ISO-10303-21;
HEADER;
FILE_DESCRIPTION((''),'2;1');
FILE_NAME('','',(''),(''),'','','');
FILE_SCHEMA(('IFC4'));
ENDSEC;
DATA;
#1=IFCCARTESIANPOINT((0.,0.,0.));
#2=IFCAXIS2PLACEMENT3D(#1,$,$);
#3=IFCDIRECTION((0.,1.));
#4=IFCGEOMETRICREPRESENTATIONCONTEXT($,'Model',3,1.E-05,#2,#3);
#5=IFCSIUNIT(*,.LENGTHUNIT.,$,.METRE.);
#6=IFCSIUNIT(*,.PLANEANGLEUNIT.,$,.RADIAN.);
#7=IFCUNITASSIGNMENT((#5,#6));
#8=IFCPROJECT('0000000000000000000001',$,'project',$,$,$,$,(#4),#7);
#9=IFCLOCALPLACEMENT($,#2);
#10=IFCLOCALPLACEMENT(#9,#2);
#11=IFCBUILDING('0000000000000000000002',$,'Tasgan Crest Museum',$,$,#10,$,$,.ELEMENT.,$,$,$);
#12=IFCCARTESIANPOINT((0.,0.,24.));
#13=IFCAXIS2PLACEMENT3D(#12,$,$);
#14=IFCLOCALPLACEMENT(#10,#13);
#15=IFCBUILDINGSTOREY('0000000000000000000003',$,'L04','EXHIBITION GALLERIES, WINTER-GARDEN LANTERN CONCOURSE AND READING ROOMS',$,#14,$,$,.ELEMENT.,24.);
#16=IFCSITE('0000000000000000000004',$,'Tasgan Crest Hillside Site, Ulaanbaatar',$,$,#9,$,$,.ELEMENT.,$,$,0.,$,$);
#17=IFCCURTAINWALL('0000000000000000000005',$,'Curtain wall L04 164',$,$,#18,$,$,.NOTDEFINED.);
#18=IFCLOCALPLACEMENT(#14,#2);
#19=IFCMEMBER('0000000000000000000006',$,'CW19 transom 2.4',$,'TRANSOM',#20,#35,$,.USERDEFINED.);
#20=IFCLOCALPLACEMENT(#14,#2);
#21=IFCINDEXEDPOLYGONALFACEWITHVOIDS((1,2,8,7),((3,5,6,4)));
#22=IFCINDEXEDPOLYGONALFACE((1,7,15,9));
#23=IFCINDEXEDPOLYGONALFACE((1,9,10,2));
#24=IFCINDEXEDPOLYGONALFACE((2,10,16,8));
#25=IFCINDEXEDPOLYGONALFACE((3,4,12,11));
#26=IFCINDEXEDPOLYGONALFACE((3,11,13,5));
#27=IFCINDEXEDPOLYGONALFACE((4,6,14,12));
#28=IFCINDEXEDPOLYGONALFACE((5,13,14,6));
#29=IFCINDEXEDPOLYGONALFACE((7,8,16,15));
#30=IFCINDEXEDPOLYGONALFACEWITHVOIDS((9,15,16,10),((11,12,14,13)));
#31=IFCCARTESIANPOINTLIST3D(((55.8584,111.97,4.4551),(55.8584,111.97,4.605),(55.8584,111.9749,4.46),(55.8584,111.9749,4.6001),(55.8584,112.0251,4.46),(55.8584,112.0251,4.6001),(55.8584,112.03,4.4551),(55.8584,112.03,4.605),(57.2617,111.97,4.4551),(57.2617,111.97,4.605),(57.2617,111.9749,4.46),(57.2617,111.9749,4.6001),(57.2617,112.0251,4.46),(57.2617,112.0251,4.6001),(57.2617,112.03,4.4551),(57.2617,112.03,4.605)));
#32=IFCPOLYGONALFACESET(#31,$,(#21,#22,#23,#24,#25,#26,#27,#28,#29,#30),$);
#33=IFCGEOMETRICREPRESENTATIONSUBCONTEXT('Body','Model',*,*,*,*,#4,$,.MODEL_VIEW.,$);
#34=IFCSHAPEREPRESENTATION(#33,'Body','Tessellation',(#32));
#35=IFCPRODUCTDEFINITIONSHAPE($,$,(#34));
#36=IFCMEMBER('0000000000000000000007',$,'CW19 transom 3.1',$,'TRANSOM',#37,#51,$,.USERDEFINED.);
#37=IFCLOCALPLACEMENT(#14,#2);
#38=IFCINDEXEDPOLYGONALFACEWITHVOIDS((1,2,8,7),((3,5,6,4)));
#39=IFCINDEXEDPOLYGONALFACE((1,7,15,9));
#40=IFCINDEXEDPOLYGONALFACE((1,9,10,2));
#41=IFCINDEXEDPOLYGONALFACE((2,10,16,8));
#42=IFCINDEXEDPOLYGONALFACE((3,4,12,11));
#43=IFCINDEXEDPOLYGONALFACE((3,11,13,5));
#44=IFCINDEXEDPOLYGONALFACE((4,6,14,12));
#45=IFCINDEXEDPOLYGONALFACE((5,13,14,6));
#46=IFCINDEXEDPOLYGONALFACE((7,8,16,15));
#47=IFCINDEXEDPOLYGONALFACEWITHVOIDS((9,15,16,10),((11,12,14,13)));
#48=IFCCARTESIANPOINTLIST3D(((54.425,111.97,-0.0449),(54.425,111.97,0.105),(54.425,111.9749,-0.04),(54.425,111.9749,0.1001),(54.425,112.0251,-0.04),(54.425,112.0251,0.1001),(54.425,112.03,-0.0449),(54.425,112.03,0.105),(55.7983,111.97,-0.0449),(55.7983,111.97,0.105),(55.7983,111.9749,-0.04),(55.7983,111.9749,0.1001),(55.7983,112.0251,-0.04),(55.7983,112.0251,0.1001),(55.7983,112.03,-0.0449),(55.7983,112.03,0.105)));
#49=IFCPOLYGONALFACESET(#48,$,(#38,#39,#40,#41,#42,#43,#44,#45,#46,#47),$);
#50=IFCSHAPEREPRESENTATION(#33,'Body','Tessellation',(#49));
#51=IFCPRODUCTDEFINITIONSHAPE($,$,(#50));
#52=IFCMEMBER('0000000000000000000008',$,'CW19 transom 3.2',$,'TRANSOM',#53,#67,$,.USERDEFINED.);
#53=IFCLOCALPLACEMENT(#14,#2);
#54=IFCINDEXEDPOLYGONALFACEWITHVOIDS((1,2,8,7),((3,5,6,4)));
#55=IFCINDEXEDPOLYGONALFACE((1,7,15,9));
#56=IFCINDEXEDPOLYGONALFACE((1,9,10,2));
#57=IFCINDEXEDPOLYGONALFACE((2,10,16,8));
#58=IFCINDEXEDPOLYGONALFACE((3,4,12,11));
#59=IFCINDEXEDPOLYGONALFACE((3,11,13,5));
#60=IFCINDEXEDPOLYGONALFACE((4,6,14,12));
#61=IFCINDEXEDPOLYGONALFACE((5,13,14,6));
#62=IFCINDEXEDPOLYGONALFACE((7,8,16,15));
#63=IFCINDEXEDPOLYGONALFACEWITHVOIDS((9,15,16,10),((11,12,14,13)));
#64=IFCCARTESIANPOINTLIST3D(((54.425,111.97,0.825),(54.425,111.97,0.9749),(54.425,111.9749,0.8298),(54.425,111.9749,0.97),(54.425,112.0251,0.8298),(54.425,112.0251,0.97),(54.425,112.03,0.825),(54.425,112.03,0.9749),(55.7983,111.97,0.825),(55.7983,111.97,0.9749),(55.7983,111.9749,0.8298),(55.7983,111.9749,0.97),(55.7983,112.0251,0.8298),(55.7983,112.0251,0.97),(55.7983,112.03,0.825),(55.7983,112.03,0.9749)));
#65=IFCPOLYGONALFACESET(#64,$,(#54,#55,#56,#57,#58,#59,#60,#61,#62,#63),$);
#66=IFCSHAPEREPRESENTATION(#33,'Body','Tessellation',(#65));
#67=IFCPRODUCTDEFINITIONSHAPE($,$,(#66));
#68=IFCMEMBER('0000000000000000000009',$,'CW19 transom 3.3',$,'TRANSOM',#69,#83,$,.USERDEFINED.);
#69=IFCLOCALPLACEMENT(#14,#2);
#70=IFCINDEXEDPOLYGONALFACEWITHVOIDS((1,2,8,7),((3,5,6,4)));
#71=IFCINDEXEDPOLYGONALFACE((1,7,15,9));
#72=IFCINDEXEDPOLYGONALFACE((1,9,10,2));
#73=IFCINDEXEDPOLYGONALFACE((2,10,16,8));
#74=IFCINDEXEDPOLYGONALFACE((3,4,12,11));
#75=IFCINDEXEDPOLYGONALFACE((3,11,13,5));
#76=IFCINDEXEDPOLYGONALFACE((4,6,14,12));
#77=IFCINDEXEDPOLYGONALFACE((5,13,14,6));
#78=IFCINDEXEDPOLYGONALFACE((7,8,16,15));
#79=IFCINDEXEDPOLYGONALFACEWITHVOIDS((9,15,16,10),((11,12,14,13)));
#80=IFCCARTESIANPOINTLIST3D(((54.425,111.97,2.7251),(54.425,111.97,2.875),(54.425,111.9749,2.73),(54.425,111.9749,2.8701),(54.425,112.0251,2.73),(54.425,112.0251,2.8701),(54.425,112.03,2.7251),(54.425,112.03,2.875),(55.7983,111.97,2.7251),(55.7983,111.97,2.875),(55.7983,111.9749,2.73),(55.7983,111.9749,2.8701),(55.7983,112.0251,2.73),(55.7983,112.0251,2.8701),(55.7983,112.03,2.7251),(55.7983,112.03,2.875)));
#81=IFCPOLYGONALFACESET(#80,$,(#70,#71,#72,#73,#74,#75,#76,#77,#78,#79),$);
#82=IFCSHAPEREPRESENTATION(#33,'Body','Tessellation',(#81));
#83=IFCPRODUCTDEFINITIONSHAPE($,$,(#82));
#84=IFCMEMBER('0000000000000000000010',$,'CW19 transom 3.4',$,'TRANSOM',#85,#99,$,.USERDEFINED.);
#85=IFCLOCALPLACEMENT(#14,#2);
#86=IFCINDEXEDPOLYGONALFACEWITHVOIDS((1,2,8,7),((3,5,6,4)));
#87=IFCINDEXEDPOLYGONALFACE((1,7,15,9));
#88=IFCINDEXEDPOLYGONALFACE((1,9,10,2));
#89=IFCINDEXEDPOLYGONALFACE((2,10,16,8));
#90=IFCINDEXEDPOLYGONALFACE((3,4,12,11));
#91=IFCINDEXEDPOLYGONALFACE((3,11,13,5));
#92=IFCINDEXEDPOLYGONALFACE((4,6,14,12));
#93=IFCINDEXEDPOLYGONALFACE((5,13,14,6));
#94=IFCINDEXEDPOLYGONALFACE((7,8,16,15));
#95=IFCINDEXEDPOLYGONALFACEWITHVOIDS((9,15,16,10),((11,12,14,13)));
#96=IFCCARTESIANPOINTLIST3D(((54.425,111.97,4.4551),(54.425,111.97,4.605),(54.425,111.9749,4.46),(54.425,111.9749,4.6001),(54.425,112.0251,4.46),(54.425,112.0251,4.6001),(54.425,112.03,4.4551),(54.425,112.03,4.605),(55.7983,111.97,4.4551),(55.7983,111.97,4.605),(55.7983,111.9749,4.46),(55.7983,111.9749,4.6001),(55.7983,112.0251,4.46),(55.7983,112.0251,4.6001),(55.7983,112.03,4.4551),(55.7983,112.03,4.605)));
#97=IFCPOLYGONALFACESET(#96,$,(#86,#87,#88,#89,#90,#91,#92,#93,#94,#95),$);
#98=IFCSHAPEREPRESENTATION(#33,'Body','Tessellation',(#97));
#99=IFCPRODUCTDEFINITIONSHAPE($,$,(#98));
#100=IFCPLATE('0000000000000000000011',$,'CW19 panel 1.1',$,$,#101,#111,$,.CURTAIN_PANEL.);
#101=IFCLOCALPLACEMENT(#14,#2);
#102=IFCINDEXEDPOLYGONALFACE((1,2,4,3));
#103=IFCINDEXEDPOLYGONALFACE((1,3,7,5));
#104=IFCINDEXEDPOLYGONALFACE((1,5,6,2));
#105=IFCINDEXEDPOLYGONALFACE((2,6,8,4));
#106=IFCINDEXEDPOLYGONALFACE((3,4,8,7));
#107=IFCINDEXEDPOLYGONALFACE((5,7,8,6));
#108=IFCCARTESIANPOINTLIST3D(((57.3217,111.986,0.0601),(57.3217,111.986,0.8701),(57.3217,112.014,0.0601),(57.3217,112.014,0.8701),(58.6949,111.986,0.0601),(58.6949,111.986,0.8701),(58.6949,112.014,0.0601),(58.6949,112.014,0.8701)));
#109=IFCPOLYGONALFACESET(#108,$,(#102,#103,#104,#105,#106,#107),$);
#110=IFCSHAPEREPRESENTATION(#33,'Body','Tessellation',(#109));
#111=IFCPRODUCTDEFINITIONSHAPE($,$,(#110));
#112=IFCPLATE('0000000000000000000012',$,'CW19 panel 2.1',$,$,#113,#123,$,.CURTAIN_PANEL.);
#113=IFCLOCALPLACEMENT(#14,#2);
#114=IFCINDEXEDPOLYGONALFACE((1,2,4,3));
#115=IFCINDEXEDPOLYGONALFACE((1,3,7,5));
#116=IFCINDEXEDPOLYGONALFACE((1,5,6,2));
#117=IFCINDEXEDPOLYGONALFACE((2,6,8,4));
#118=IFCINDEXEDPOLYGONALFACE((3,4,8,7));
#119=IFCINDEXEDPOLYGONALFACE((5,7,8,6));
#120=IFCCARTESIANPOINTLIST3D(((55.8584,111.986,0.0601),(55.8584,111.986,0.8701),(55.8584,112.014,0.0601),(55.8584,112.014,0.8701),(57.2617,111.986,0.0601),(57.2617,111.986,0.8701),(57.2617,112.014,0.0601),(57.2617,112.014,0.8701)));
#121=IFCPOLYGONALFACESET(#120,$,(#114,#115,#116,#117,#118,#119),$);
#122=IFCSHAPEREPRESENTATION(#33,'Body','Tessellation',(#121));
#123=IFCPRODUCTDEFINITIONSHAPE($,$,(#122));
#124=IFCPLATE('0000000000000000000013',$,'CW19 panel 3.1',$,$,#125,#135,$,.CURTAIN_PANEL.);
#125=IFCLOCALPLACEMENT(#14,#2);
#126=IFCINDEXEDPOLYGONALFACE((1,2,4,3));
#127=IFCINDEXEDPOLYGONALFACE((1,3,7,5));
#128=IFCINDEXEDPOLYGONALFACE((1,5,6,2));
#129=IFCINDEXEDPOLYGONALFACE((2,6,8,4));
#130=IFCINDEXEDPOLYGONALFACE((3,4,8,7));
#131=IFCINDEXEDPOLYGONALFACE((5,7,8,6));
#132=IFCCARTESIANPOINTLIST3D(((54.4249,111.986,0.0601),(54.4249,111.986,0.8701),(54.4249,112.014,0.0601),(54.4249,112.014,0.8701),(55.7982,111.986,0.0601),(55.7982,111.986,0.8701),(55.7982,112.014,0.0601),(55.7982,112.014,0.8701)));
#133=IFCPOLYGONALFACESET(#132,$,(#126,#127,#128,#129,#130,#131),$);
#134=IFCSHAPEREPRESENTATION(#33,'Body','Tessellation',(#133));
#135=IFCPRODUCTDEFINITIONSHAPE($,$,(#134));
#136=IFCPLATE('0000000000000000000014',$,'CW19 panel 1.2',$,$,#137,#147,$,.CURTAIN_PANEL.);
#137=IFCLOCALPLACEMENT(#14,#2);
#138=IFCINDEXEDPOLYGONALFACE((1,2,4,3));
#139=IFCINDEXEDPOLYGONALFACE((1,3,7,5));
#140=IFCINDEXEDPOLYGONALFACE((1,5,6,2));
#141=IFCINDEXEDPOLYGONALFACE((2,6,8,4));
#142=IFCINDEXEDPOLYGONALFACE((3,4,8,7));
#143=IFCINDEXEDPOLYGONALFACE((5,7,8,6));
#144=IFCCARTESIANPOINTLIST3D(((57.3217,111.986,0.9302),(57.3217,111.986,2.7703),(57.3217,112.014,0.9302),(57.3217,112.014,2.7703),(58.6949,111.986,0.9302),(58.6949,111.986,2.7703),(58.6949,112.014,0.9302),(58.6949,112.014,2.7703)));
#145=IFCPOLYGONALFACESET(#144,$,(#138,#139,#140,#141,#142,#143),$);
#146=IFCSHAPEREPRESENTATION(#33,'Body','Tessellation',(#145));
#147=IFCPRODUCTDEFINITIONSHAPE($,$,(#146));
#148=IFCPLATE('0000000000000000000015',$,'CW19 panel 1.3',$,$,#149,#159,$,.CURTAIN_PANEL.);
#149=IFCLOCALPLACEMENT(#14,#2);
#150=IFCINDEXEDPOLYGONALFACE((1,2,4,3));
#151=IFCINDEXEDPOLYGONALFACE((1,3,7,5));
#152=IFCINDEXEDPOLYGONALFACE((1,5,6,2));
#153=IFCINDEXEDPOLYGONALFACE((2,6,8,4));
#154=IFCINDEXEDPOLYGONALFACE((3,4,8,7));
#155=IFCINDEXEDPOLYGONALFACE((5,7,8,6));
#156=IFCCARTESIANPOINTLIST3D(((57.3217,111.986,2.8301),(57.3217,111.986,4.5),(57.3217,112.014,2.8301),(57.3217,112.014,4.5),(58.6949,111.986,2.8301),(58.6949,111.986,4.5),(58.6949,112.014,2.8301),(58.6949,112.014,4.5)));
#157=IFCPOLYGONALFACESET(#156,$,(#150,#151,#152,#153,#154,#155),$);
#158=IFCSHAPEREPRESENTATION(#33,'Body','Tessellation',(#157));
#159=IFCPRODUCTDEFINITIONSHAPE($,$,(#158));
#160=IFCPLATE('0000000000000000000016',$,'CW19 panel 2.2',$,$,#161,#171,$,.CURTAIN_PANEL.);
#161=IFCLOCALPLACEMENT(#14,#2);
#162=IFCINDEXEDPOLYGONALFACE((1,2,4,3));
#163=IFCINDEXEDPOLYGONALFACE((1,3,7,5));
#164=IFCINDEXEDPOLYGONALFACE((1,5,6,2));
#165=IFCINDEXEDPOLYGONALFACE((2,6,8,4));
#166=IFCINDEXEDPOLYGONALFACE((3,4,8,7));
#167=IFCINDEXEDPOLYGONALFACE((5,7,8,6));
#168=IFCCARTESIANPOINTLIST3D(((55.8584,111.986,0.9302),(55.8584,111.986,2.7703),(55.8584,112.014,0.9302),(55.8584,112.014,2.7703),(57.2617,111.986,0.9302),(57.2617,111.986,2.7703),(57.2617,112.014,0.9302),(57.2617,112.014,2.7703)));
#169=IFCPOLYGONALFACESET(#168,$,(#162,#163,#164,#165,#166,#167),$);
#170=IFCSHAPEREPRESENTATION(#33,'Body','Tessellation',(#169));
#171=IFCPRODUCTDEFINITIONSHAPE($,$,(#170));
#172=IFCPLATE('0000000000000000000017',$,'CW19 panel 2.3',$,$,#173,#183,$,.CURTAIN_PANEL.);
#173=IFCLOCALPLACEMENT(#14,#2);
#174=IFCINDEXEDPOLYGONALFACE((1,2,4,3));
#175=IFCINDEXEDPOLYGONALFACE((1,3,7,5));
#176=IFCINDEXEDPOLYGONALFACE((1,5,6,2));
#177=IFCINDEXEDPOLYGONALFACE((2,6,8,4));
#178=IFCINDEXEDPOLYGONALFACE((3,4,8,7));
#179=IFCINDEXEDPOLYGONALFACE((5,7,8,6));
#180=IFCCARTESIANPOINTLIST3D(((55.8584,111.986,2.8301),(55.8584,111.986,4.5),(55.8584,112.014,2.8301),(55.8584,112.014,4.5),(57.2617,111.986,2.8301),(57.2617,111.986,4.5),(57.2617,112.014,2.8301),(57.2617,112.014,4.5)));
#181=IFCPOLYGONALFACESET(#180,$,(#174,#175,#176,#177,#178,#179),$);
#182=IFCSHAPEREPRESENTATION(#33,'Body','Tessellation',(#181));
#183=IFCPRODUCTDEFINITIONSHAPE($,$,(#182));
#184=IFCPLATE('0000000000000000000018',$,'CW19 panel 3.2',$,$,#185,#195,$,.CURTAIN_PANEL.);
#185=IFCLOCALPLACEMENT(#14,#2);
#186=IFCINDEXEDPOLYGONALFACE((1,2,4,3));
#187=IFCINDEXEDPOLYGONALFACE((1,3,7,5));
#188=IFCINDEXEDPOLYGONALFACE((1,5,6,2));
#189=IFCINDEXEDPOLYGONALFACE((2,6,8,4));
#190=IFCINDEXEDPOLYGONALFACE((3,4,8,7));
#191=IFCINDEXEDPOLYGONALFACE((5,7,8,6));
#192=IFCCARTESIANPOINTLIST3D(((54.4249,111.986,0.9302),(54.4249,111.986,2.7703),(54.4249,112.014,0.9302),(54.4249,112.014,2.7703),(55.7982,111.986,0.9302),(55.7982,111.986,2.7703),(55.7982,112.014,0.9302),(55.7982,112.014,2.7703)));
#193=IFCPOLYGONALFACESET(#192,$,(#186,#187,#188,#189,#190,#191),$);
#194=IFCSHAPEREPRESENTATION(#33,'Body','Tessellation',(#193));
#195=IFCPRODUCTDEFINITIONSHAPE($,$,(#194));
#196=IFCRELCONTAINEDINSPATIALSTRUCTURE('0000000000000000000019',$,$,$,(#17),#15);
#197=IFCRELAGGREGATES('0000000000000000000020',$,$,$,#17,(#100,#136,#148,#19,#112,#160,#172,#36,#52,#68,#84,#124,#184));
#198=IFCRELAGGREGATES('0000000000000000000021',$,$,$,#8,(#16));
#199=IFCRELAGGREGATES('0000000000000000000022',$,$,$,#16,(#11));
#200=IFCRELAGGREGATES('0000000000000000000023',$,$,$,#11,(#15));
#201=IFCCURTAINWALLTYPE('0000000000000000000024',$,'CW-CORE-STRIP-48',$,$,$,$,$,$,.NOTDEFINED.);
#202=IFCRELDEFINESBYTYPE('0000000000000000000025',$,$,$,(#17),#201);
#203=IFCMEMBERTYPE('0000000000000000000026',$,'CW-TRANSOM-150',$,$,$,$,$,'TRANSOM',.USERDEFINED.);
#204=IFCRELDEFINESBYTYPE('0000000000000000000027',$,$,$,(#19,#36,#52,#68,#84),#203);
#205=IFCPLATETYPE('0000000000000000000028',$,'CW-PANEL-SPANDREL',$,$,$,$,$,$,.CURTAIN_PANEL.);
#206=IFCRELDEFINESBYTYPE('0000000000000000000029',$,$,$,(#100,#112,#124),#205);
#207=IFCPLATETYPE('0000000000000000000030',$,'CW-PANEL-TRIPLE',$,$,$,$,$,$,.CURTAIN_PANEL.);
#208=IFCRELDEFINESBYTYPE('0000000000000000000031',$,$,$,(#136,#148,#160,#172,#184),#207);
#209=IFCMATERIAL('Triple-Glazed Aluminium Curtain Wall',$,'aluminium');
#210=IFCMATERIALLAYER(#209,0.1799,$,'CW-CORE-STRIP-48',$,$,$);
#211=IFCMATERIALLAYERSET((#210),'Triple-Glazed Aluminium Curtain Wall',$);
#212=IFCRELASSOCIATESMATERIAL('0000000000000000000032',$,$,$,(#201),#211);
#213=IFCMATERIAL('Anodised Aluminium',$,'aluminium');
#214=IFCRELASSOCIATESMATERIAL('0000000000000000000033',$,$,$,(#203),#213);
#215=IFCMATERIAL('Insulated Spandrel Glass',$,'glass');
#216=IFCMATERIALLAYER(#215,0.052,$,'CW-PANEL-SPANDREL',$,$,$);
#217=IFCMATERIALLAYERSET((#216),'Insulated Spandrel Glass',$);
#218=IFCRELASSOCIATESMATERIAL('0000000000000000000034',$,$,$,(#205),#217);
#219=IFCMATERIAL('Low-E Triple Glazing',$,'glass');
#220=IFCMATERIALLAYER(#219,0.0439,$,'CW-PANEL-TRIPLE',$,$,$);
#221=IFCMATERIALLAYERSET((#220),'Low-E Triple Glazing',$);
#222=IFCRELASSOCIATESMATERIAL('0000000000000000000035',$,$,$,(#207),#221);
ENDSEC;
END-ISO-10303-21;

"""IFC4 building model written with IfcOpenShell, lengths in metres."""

from ifc_helpers import new_model, si_unit, direction, frame, origin, origin_2d, place, context, subcontext, project, spatial, rectangle, hollow_rectangle, extrude, material, layer, layer_set, material_profile, profile_set, type_object, element, aggregate, save


model = new_model("IFC4")

# Units and contexts
model_context = context("Model", 3, precision=1e-05, world=origin(), true_north=direction((0.0, 1.0)))
body_context = subcontext(model_context, "Body", "Model", "MODEL_VIEW")
ifc_project = project(units=[si_unit("LENGTHUNIT", "METRE"), si_unit("PLANEANGLEUNIT", "RADIAN")], contexts=[model_context])

# Site, building, storey
site_placement = place(None, origin())
site = spatial("IfcSite", under=ifc_project, at=site_placement, Name="Tasgan Crest Hillside Site, Ulaanbaatar", CompositionType="ELEMENT", RefElevation=0.0)
building_placement = place(site_placement, origin())
building = spatial("IfcBuilding", under=site, at=building_placement, Name="Tasgan Crest Museum", CompositionType="ELEMENT")
storey_placement = place(building_placement, frame((0.0, 0.0, 24.0)))
storey = spatial("IfcBuildingStorey", under=building, at=storey_placement, Name="L04", Description="EXHIBITION GALLERIES, WINTER-GARDEN LANTERN CONCOURSE AND READING ROOMS", CompositionType="ELEMENT", Elevation=24.0)

# Curtain wall, members, plates
ifc_material_1 = material(Name="Triple-Glazed Aluminium Curtain Wall", Category="aluminium")
ifc_layer_1 = layer(ifc_material_1, 0.1799, Name="CW-CORE-STRIP-48")
ifc_layer_set_1 = layer_set([ifc_layer_1], Name="Triple-Glazed Aluminium Curtain Wall")
curtain_wall_type = type_object("IfcCurtainWallType", Name="CW-CORE-STRIP-48", PredefinedType="NOTDEFINED", material=ifc_layer_set_1)
curtain_wall_placement = place(storey_placement, origin())
curtain_wall = element("IfcCurtainWall", 1, at=curtain_wall_placement, inside=storey, type_object=curtain_wall_type, Name="Curtain wall L04 164", PredefinedType="NOTDEFINED")
ifc_material_2 = material(Name="Anodised Aluminium", Category="aluminium")
ifc_material_profile_1 = material_profile(ifc_material_2, hollow_rectangle(XDim=0.0601, YDim=0.1499, WallThickness=0.0049, at=origin_2d()), Name="ALU TRANSOM 150x60x5")
ifc_profile_set_1 = profile_set([ifc_material_profile_1], Name="Anodised Aluminium")
member_type_1 = type_object("IfcMemberType", Name="CW-TRANSOM-150", ElementType="TRANSOM", PredefinedType="USERDEFINED", material=ifc_profile_set_1)
member_1_placement = place(storey_placement, frame((57.2617, 112.0, 4.53), z_axis=(-1.0, 0.0, 0.0), x_axis=(0.0, -1.0, 0.0)))
member_1 = element("IfcMember", 2, at=member_1_placement, type_object=member_type_1, Name="CW19 transom 2.4", ObjectType="TRANSOM", PredefinedType="USERDEFINED", context=body_context, shape_type="SweptSolid", body=[
    extrude(hollow_rectangle(XDim=0.0601, YDim=0.1499, WallThickness=0.0049, at=origin_2d()), origin(), (0.0, 0.0, 1.0), 1.4033),
])
member_2_placement = place(storey_placement, frame((55.7983, 112.0, 0.03), z_axis=(-1.0, 0.0, 0.0), x_axis=(0.0, -1.0, 0.0)))
member_2 = element("IfcMember", 3, at=member_2_placement, type_object=member_type_1, Name="CW19 transom 3.1", ObjectType="TRANSOM", PredefinedType="USERDEFINED", context=body_context, shape_type="SweptSolid", body=[
    extrude(hollow_rectangle(XDim=0.0601, YDim=0.1499, WallThickness=0.0049, at=origin_2d()), origin(), (0.0, 0.0, 1.0), 1.3733),
])
member_3_placement = place(storey_placement, frame((55.7983, 112.0, 0.8999), z_axis=(-1.0, 0.0, 0.0), x_axis=(0.0, -1.0, 0.0)))
member_3 = element("IfcMember", 4, at=member_3_placement, type_object=member_type_1, Name="CW19 transom 3.2", ObjectType="TRANSOM", PredefinedType="USERDEFINED", context=body_context, shape_type="SweptSolid", body=[
    extrude(hollow_rectangle(XDim=0.0601, YDim=0.1499, WallThickness=0.0049, at=origin_2d()), origin(), (0.0, 0.0, 1.0), 1.3733),
])
member_4_placement = place(storey_placement, frame((55.7983, 112.0, 2.8), z_axis=(-1.0, 0.0, 0.0), x_axis=(0.0, -1.0, 0.0)))
member_4 = element("IfcMember", 5, at=member_4_placement, type_object=member_type_1, Name="CW19 transom 3.3", ObjectType="TRANSOM", PredefinedType="USERDEFINED", context=body_context, shape_type="SweptSolid", body=[
    extrude(hollow_rectangle(XDim=0.0601, YDim=0.1499, WallThickness=0.0049, at=origin_2d()), origin(), (0.0, 0.0, 1.0), 1.3733),
])
member_5_placement = place(storey_placement, frame((55.7983, 112.0, 4.53), z_axis=(-1.0, 0.0, 0.0), x_axis=(0.0, -1.0, 0.0)))
member_5 = element("IfcMember", 6, at=member_5_placement, type_object=member_type_1, Name="CW19 transom 3.4", ObjectType="TRANSOM", PredefinedType="USERDEFINED", context=body_context, shape_type="SweptSolid", body=[
    extrude(hollow_rectangle(XDim=0.0601, YDim=0.1499, WallThickness=0.0049, at=origin_2d()), origin(), (0.0, 0.0, 1.0), 1.3733),
])
ifc_material_3 = material(Name="Insulated Spandrel Glass", Category="glass")
ifc_layer_2 = layer(ifc_material_3, 0.052, Name="CW-PANEL-SPANDREL")
ifc_layer_set_2 = layer_set([ifc_layer_2], Name="Insulated Spandrel Glass")
plate_type_1 = type_object("IfcPlateType", Name="CW-PANEL-SPANDREL", PredefinedType="CURTAIN_PANEL", material=ifc_layer_set_2)
plate_1_placement = place(storey_placement, frame((58.0083, 112.0, 0.0601), z_axis=(0.0, 0.0, 1.0), x_axis=(-1.0, 0.0, 0.0)))
plate_1 = element("IfcPlate", 7, at=plate_1_placement, type_object=plate_type_1, Name="CW19 panel 1.1", PredefinedType="CURTAIN_PANEL", context=body_context, shape_type="SweptSolid", body=[
    extrude(rectangle(XDim=1.3733, YDim=0.0281, at=origin_2d()), origin(), (0.0, 0.0, 1.0), 0.8101),
])
plate_2_placement = place(storey_placement, frame((56.5601, 112.0, 0.0601), z_axis=(0.0, 0.0, 1.0), x_axis=(-1.0, 0.0, 0.0)))
plate_2 = element("IfcPlate", 8, at=plate_2_placement, type_object=plate_type_1, Name="CW19 panel 2.1", PredefinedType="CURTAIN_PANEL", context=body_context, shape_type="SweptSolid", body=[
    extrude(rectangle(XDim=1.4033, YDim=0.0281, at=origin_2d()), origin(), (0.0, 0.0, 1.0), 0.8101),
])
plate_3_placement = place(storey_placement, frame((55.1116, 112.0, 0.0601), z_axis=(0.0, 0.0, 1.0), x_axis=(-1.0, 0.0, 0.0)))
plate_3 = element("IfcPlate", 9, at=plate_3_placement, type_object=plate_type_1, Name="CW19 panel 3.1", PredefinedType="CURTAIN_PANEL", context=body_context, shape_type="SweptSolid", body=[
    extrude(rectangle(XDim=1.3733, YDim=0.0281, at=origin_2d()), origin(), (0.0, 0.0, 1.0), 0.8101),
])
ifc_material_4 = material(Name="Low-E Triple Glazing", Category="glass")
ifc_layer_3 = layer(ifc_material_4, 0.0439, Name="CW-PANEL-TRIPLE")
ifc_layer_set_3 = layer_set([ifc_layer_3], Name="Low-E Triple Glazing")
plate_type_2 = type_object("IfcPlateType", Name="CW-PANEL-TRIPLE", PredefinedType="CURTAIN_PANEL", material=ifc_layer_set_3)
plate_4_placement = place(storey_placement, frame((58.0083, 112.0, 0.9302), z_axis=(0.0, 0.0, 1.0), x_axis=(-1.0, 0.0, 0.0)))
plate_4 = element("IfcPlate", 10, at=plate_4_placement, type_object=plate_type_2, Name="CW19 panel 1.2", PredefinedType="CURTAIN_PANEL", context=body_context, shape_type="SweptSolid", body=[
    extrude(rectangle(XDim=1.3733, YDim=0.0281, at=origin_2d()), origin(), (0.0, 0.0, 1.0), 1.8401),
])
plate_5_placement = place(storey_placement, frame((58.0083, 112.0, 2.8301), z_axis=(0.0, 0.0, 1.0), x_axis=(-1.0, 0.0, 0.0)))
plate_5 = element("IfcPlate", 11, at=plate_5_placement, type_object=plate_type_2, Name="CW19 panel 1.3", PredefinedType="CURTAIN_PANEL", context=body_context, shape_type="SweptSolid", body=[
    extrude(rectangle(XDim=1.3733, YDim=0.0281, at=origin_2d()), origin(), (0.0, 0.0, 1.0), 1.6699),
])
plate_6_placement = place(storey_placement, frame((56.5601, 112.0, 0.9302), z_axis=(0.0, 0.0, 1.0), x_axis=(-1.0, 0.0, 0.0)))
plate_6 = element("IfcPlate", 12, at=plate_6_placement, type_object=plate_type_2, Name="CW19 panel 2.2", PredefinedType="CURTAIN_PANEL", context=body_context, shape_type="SweptSolid", body=[
    extrude(rectangle(XDim=1.4033, YDim=0.0281, at=origin_2d()), origin(), (0.0, 0.0, 1.0), 1.8401),
])
plate_7_placement = place(storey_placement, frame((56.5601, 112.0, 2.8301), z_axis=(0.0, 0.0, 1.0), x_axis=(-1.0, 0.0, 0.0)))
plate_7 = element("IfcPlate", 13, at=plate_7_placement, type_object=plate_type_2, Name="CW19 panel 2.3", PredefinedType="CURTAIN_PANEL", context=body_context, shape_type="SweptSolid", body=[
    extrude(rectangle(XDim=1.4033, YDim=0.0281, at=origin_2d()), origin(), (0.0, 0.0, 1.0), 1.6699),
])
plate_8_placement = place(storey_placement, frame((55.1116, 112.0, 0.9302), z_axis=(0.0, 0.0, 1.0), x_axis=(-1.0, 0.0, 0.0)))
plate_8 = element("IfcPlate", 14, at=plate_8_placement, type_object=plate_type_2, Name="CW19 panel 3.2", PredefinedType="CURTAIN_PANEL", context=body_context, shape_type="SweptSolid", body=[
    extrude(rectangle(XDim=1.3733, YDim=0.0281, at=origin_2d()), origin(), (0.0, 0.0, 1.0), 1.8401),
])
aggregate(curtain_wall, [plate_1, plate_4, plate_5, member_1, plate_2, plate_6, plate_7, member_2, member_3, member_4, member_5, plate_3, plate_8])

save(model, "model.ifc")
